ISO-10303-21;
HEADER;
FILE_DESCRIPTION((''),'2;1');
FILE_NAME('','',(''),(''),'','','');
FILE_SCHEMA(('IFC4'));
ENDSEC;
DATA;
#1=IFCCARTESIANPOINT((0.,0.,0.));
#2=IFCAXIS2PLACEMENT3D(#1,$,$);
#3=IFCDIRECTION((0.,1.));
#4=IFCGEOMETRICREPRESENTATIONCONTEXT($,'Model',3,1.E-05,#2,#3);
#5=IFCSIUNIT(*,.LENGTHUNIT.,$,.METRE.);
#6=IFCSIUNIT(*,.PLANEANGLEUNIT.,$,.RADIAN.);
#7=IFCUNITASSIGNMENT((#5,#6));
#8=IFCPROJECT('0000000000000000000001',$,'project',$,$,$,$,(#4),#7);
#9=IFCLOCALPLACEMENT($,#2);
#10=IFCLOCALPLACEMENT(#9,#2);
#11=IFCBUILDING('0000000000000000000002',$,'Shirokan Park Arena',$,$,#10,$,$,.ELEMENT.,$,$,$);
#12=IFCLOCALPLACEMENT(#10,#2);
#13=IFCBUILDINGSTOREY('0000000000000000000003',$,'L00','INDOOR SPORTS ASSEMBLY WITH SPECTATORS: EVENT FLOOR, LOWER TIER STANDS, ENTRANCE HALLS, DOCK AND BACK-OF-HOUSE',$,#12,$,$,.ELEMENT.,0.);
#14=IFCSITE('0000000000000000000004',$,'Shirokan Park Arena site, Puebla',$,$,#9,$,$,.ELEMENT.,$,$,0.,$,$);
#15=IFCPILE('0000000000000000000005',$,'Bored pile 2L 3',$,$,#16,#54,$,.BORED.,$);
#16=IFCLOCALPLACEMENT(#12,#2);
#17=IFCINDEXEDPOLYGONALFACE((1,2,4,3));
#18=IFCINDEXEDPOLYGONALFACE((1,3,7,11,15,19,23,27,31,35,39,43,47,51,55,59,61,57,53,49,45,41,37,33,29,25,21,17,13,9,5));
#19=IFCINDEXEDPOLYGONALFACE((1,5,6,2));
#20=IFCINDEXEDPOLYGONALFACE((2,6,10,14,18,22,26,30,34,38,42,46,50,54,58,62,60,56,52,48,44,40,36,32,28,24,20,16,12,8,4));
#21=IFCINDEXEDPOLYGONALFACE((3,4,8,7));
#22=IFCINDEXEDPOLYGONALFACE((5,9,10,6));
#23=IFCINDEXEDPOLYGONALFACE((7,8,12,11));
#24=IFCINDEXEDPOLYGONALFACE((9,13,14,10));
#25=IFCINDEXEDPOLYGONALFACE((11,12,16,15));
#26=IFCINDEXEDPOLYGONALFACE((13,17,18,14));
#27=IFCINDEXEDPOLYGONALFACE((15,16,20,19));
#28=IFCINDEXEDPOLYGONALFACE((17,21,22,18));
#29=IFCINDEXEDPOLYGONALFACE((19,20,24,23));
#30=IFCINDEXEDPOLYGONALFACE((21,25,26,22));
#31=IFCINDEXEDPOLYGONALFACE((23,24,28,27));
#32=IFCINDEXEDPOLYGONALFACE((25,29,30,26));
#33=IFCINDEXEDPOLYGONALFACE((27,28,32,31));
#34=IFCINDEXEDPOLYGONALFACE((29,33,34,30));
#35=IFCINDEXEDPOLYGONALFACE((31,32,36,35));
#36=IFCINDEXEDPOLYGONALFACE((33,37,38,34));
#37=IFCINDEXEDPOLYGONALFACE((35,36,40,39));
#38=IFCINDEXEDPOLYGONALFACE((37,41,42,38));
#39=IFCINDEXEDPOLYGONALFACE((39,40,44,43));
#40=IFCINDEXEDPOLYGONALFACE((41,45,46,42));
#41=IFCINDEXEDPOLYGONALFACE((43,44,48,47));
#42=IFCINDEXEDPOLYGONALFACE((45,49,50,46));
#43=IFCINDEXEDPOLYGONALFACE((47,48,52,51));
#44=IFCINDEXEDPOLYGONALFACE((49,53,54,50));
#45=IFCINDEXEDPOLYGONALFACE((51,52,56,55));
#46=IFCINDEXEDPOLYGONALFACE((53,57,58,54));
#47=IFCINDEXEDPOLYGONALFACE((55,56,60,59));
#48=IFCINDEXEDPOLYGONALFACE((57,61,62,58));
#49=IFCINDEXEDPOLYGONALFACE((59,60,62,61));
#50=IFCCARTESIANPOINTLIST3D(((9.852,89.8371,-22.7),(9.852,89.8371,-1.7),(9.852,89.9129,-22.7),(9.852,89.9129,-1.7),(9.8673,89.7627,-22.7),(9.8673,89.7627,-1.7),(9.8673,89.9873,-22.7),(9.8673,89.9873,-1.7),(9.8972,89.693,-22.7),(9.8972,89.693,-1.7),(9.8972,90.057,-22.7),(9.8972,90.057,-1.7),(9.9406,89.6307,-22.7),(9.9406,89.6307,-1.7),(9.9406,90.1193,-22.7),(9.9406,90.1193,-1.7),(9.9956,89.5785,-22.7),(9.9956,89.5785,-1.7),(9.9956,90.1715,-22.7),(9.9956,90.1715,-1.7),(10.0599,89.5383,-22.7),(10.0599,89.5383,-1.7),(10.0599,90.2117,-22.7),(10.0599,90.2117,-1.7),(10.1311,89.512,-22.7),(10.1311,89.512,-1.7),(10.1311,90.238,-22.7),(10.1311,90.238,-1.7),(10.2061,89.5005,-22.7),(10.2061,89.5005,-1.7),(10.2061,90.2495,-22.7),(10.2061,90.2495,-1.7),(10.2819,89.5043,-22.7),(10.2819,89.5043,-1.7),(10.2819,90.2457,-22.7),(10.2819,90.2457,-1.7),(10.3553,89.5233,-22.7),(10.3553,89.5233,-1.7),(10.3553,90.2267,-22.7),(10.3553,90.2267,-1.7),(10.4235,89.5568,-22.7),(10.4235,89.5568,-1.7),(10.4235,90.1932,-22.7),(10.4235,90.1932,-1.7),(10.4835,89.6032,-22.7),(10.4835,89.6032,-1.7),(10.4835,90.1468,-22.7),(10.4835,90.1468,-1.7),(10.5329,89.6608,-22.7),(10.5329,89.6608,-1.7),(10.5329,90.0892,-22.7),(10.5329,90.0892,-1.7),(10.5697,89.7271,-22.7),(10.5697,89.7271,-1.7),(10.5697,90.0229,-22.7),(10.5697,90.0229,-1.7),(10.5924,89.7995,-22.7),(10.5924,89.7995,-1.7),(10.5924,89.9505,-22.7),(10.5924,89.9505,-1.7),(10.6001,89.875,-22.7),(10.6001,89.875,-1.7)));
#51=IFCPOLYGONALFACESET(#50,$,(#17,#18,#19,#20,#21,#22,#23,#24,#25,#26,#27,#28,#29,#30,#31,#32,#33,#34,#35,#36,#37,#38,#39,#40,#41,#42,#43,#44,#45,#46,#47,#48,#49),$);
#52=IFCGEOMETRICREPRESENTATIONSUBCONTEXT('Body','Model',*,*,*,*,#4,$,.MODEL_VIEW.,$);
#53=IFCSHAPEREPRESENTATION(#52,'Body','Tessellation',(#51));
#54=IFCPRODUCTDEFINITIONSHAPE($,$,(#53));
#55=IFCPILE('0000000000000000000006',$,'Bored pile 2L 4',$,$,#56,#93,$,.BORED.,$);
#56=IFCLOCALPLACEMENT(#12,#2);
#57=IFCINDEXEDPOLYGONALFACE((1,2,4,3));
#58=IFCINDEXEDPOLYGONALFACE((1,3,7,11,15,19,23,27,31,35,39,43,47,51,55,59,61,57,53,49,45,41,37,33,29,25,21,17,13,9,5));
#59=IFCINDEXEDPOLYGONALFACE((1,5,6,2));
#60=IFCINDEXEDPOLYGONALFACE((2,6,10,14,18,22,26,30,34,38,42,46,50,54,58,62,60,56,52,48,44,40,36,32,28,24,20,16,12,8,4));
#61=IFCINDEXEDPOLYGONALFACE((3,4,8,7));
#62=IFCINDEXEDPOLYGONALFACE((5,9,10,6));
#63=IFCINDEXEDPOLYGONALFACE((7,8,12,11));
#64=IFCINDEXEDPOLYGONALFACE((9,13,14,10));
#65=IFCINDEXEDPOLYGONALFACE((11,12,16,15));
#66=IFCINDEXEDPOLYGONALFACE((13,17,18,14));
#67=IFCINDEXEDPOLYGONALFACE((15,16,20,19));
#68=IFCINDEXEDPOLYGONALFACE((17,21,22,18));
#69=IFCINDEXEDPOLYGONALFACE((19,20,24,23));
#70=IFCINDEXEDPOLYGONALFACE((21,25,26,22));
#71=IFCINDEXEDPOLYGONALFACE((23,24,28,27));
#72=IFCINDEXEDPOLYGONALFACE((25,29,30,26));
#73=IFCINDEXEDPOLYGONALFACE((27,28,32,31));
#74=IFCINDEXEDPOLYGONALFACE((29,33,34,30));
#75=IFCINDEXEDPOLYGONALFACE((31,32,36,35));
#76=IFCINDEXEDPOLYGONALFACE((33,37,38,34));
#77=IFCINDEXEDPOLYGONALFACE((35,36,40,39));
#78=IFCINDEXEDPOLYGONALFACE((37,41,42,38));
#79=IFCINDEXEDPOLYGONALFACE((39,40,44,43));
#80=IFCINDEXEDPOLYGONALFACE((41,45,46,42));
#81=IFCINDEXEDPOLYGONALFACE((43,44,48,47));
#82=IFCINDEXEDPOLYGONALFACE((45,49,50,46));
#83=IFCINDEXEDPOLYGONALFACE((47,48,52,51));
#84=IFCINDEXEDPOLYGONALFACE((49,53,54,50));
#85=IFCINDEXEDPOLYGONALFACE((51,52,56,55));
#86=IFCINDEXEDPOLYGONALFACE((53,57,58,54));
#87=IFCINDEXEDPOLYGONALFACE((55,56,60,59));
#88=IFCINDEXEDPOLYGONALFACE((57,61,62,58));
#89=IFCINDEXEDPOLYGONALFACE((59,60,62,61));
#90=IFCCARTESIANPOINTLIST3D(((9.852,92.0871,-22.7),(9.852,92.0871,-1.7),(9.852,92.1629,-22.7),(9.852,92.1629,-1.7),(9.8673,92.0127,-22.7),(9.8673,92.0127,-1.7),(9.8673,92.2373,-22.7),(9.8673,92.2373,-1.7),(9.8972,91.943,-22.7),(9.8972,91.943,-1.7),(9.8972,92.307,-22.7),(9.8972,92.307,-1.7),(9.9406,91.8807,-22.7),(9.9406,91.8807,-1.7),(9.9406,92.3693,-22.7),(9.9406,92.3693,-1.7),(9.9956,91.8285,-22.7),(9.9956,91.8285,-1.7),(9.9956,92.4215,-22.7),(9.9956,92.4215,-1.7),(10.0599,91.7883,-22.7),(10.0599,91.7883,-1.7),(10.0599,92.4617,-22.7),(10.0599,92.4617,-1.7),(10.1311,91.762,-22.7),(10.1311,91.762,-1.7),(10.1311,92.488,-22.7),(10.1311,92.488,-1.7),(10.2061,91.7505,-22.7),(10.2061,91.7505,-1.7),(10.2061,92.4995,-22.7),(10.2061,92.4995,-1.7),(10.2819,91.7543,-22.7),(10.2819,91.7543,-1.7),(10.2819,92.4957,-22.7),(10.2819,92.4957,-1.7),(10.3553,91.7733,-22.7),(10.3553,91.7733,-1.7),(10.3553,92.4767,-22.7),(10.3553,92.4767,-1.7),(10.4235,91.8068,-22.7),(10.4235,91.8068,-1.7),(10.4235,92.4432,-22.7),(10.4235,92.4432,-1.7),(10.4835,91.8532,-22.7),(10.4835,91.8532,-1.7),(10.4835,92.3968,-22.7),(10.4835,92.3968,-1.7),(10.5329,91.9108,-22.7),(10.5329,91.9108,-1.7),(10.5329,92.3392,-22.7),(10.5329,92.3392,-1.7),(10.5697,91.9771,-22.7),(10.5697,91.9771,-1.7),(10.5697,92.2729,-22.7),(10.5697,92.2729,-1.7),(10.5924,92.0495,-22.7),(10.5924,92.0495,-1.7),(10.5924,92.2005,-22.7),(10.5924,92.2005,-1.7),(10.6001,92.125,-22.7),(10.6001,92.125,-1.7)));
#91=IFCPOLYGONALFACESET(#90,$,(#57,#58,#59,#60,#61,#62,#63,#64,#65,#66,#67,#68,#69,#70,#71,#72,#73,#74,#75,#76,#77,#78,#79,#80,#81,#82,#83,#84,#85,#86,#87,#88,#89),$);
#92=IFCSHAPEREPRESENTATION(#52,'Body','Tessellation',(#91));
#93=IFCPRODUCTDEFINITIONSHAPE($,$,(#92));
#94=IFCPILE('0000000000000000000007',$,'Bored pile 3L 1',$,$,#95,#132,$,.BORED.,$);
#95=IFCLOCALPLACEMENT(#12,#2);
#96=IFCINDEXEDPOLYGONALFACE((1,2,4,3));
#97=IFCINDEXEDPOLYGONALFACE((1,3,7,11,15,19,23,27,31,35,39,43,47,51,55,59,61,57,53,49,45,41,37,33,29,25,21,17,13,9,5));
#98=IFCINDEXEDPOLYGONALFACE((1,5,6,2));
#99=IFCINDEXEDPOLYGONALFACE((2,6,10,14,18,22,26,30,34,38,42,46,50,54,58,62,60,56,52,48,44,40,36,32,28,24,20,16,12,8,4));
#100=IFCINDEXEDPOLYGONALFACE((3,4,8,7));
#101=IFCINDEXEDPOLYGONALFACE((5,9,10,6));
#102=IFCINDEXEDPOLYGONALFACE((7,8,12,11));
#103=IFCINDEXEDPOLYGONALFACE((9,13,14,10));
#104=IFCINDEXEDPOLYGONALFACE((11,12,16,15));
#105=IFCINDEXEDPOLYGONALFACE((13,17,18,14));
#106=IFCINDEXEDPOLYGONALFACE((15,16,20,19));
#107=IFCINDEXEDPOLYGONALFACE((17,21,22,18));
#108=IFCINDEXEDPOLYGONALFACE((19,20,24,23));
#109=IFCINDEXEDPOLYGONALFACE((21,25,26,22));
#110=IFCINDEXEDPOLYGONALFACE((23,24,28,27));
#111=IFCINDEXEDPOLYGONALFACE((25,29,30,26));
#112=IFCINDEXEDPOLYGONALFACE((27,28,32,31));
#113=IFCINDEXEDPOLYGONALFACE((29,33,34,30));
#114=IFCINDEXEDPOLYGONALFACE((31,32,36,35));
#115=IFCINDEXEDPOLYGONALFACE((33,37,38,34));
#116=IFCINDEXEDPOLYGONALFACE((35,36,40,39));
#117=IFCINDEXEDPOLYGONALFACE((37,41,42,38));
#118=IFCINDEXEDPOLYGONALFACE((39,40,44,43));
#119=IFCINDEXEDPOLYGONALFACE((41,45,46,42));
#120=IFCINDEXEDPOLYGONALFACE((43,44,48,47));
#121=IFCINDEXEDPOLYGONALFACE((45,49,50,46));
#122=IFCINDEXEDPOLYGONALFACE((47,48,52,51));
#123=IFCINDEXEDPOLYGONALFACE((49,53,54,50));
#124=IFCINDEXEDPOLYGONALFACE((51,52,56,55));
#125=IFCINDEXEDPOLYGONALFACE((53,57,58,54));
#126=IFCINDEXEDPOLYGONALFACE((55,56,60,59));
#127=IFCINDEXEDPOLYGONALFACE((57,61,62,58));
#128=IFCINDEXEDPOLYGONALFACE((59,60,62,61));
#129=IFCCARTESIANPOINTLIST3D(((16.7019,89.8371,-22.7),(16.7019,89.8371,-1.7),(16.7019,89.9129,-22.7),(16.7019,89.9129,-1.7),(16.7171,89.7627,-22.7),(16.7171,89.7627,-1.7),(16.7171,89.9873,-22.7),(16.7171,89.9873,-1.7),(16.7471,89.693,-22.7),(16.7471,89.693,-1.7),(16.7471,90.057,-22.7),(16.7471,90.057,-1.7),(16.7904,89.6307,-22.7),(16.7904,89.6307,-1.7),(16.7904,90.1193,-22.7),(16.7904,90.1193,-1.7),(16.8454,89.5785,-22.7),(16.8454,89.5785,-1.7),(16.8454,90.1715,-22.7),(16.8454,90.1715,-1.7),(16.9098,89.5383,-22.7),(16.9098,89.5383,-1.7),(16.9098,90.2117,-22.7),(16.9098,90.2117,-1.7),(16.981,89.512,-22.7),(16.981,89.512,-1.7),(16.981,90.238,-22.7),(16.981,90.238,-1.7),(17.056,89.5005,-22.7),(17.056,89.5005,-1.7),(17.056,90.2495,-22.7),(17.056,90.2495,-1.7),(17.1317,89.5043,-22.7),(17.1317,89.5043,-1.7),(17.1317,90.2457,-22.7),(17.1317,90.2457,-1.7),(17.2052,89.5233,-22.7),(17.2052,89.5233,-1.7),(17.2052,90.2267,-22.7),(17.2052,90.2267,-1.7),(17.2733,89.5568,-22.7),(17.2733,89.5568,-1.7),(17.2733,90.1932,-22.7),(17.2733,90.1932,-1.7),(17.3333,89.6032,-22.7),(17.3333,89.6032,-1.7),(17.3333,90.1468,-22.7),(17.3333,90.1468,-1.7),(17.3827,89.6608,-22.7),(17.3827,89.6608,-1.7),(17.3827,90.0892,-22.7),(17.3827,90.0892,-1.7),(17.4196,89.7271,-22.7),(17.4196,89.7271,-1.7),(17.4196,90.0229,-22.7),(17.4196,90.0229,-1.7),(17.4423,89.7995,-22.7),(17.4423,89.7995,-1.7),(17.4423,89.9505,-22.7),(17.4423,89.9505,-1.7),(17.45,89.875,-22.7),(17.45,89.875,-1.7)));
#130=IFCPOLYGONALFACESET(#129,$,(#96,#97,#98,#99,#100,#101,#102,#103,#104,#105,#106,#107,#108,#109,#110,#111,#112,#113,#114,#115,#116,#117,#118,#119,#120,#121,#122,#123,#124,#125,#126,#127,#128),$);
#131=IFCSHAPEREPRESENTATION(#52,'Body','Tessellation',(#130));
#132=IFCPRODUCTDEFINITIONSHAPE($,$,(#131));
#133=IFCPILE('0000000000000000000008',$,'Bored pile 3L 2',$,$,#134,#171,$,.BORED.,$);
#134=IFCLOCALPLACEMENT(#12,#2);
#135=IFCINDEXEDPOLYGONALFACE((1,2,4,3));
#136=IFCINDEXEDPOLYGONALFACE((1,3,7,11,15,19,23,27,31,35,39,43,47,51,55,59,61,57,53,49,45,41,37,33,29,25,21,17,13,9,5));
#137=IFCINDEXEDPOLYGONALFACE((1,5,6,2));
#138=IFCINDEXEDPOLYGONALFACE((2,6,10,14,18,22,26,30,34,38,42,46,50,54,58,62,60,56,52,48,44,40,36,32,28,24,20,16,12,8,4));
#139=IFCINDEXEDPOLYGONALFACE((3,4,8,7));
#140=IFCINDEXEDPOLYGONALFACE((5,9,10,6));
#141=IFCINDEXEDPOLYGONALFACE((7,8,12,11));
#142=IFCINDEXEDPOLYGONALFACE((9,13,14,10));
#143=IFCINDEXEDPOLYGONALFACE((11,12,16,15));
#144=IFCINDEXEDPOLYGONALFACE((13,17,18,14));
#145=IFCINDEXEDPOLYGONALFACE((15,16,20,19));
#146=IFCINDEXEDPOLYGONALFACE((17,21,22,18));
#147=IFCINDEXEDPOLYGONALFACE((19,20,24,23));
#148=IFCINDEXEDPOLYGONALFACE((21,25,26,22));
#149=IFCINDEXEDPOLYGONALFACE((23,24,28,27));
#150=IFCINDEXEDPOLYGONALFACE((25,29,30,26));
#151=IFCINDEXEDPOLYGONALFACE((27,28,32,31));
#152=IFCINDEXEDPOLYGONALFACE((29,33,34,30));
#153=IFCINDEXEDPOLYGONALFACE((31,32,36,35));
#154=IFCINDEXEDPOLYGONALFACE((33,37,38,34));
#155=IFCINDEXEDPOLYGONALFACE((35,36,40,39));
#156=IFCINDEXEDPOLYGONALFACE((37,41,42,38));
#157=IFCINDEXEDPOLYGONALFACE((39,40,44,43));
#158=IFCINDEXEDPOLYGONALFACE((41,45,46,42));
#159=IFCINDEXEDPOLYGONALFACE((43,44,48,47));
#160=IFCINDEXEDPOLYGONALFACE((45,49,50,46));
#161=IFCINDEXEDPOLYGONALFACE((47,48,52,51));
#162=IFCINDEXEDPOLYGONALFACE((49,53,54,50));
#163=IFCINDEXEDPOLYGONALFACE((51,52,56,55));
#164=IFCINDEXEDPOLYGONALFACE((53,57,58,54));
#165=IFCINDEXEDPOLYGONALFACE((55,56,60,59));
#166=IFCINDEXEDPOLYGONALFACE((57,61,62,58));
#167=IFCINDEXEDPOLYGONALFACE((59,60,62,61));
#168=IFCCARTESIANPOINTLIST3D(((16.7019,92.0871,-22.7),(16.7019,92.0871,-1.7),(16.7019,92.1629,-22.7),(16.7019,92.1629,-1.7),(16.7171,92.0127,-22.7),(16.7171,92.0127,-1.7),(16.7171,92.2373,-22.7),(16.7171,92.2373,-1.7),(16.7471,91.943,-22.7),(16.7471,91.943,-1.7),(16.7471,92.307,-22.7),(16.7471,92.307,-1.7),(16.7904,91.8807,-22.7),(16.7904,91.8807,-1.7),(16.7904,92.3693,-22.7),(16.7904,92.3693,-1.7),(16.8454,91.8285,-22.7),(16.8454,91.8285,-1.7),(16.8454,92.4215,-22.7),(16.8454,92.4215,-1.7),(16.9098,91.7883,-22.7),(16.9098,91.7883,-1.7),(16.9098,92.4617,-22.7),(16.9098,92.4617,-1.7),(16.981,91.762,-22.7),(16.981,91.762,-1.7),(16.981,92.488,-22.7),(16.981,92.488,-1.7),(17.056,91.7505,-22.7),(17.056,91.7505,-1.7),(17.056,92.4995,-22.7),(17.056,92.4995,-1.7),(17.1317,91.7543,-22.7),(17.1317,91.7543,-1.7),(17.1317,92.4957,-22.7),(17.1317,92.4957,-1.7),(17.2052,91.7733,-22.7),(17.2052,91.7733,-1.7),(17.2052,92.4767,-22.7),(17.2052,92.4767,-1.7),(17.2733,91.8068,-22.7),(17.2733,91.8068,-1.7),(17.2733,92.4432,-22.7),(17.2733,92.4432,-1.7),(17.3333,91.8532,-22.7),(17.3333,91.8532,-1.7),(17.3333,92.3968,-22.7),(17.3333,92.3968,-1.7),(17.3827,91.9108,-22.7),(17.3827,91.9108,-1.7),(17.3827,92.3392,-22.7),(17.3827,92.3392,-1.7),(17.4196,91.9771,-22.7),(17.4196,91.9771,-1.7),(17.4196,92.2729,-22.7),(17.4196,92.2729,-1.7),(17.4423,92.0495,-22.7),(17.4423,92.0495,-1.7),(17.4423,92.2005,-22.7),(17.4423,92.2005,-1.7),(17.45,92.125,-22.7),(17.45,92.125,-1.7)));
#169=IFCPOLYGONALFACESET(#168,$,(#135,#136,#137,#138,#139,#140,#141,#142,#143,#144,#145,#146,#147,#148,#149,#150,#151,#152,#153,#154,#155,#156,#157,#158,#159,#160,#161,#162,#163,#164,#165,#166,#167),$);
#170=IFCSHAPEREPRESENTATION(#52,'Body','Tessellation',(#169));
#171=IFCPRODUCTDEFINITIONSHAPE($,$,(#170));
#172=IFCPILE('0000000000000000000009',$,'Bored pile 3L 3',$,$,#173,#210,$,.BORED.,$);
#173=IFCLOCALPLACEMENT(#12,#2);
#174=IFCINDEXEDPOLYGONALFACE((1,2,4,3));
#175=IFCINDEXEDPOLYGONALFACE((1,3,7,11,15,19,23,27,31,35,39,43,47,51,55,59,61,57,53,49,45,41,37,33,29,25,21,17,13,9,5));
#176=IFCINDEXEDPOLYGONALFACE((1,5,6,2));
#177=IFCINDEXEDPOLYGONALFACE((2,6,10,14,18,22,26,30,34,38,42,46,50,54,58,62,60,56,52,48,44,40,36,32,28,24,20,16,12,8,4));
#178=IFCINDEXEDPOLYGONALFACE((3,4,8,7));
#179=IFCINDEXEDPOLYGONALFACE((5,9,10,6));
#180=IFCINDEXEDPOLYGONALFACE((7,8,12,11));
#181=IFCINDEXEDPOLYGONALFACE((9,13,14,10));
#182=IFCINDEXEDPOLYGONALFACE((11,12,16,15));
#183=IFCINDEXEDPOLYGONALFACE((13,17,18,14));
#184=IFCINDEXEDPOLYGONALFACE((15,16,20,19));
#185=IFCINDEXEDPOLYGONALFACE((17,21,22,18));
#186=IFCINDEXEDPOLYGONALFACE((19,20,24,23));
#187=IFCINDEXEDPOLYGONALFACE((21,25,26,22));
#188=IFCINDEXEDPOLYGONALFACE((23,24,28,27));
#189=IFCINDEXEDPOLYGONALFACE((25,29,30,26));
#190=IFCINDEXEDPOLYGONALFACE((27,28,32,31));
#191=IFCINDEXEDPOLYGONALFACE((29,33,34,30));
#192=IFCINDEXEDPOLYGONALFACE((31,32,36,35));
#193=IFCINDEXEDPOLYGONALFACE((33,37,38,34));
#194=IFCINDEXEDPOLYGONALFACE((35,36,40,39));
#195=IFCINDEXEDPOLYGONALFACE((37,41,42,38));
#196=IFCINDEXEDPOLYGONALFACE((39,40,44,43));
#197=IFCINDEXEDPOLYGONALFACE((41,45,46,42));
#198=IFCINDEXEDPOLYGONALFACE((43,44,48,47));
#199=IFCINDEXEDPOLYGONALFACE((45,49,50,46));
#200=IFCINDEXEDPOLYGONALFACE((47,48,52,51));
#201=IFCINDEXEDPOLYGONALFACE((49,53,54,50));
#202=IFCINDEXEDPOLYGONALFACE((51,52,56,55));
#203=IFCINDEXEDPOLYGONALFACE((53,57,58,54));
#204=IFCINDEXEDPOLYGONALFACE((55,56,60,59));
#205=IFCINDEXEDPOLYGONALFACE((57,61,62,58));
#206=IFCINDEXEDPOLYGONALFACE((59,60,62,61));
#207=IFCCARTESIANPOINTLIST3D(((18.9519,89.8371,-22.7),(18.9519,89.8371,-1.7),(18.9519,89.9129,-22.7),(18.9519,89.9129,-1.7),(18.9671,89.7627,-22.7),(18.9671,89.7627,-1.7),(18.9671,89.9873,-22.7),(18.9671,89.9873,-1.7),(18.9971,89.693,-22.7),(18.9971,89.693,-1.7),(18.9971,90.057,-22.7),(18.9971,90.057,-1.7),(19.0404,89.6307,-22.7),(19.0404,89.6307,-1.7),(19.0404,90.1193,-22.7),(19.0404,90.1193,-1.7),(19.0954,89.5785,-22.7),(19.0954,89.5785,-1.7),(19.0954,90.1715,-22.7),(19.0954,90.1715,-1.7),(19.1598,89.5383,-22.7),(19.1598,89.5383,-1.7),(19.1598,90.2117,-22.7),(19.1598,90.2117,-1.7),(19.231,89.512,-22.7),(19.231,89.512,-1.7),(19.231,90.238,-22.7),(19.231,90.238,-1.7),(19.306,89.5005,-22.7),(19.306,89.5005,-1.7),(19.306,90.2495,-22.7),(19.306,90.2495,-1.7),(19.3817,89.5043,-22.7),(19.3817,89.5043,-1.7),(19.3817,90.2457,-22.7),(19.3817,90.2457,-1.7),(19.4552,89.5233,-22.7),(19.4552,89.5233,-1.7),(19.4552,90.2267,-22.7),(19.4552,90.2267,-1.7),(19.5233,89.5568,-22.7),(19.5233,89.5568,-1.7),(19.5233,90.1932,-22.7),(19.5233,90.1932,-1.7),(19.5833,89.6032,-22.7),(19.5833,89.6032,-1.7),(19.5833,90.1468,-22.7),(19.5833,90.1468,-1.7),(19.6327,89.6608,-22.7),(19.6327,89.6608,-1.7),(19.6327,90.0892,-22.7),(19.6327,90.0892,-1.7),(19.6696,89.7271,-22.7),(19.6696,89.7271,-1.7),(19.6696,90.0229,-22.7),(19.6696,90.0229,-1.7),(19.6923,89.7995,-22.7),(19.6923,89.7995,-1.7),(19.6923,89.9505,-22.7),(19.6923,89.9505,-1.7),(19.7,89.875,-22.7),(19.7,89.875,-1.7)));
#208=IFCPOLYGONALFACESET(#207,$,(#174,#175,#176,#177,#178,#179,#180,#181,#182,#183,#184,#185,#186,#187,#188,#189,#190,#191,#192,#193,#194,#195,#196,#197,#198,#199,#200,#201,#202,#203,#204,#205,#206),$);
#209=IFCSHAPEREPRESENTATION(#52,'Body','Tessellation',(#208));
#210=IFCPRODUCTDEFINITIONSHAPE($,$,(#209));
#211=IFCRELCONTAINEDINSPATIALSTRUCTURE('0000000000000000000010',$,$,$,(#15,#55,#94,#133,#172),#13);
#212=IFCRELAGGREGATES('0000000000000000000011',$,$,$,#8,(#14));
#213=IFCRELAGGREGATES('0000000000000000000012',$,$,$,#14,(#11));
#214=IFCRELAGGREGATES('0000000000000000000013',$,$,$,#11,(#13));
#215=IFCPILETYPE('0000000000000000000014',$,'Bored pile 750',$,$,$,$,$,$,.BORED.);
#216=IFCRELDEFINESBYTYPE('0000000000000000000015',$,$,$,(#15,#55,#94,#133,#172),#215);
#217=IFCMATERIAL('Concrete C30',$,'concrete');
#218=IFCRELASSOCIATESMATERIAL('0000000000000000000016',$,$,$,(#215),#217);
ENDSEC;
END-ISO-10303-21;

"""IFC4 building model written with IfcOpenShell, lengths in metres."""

from ifc_helpers import new_model, si_unit, direction, frame, origin, origin_2d, place, context, subcontext, project, spatial, circle, extrude, material, material_profile, profile_set, type_object, element, save


model = new_model("IFC4")

# Units and contexts
model_context = context("Model", 3, precision=1e-05, world=origin(), true_north=direction((0.0, 1.0)))
body_context = subcontext(model_context, "Body", "Model", "MODEL_VIEW")
ifc_project = project(units=[si_unit("LENGTHUNIT", "METRE"), si_unit("PLANEANGLEUNIT", "RADIAN")], contexts=[model_context])

# Site, building, storey
site_placement = place(None, origin())
site = spatial("IfcSite", under=ifc_project, at=site_placement, Name="Shirokan Park Arena site, Puebla", CompositionType="ELEMENT", RefElevation=0.0)
building_placement = place(site_placement, origin())
building = spatial("IfcBuilding", under=site, at=building_placement, Name="Shirokan Park Arena", CompositionType="ELEMENT")
storey_placement = place(building_placement, origin())
storey = spatial("IfcBuildingStorey", under=building, at=storey_placement, Name="L00", Description="INDOOR SPORTS ASSEMBLY WITH SPECTATORS: EVENT FLOOR, LOWER TIER STANDS, ENTRANCE HALLS, DOCK AND BACK-OF-HOUSE", CompositionType="ELEMENT", Elevation=0.0)

# Piles
ifc_material_1 = material(Name="Concrete C30", Category="concrete")
ifc_material_profile_1 = material_profile(ifc_material_1, circle(Radius=0.375, at=origin_2d()), Name="D750")
ifc_profile_set_1 = profile_set([ifc_material_profile_1], Name="Concrete C30")
pile_type = type_object("IfcPileType", Name="Bored pile 750", PredefinedType="BORED", material=ifc_profile_set_1)
for number, where, z_axis, x_axis, name in (
    (1, (10.2251, 89.875, -1.7), (0.0, 0.0, -1.0), (1.0, 0.0, 0.0), "Bored pile 2L 3"),
    (2, (10.2251, 92.125, -1.7), (0.0, 0.0, -1.0), (1.0, 0.0, 0.0), "Bored pile 2L 4"),
    (3, (17.075, 89.875, -1.7), (0.0, 0.0, -1.0), (1.0, 0.0, 0.0), "Bored pile 3L 1"),
    (4, (17.075, 92.125, -1.7), (0.0, 0.0, -1.0), (1.0, 0.0, 0.0), "Bored pile 3L 2"),
    (5, (19.325, 89.875, -1.7), (0.0, 0.0, -1.0), (1.0, 0.0, 0.0), "Bored pile 3L 3"),
):
    element("IfcPile", number, at=place(storey_placement, frame(where, z_axis=z_axis, x_axis=x_axis)), inside=storey, type_object=pile_type, Name=name, PredefinedType="BORED", context=body_context, shape_type="SweptSolid", body=[
        extrude(circle(Radius=0.375, at=origin_2d()), origin(), (0.0, 0.0, 1.0), 21.0),
    ])

save(model, "model.ifc")
